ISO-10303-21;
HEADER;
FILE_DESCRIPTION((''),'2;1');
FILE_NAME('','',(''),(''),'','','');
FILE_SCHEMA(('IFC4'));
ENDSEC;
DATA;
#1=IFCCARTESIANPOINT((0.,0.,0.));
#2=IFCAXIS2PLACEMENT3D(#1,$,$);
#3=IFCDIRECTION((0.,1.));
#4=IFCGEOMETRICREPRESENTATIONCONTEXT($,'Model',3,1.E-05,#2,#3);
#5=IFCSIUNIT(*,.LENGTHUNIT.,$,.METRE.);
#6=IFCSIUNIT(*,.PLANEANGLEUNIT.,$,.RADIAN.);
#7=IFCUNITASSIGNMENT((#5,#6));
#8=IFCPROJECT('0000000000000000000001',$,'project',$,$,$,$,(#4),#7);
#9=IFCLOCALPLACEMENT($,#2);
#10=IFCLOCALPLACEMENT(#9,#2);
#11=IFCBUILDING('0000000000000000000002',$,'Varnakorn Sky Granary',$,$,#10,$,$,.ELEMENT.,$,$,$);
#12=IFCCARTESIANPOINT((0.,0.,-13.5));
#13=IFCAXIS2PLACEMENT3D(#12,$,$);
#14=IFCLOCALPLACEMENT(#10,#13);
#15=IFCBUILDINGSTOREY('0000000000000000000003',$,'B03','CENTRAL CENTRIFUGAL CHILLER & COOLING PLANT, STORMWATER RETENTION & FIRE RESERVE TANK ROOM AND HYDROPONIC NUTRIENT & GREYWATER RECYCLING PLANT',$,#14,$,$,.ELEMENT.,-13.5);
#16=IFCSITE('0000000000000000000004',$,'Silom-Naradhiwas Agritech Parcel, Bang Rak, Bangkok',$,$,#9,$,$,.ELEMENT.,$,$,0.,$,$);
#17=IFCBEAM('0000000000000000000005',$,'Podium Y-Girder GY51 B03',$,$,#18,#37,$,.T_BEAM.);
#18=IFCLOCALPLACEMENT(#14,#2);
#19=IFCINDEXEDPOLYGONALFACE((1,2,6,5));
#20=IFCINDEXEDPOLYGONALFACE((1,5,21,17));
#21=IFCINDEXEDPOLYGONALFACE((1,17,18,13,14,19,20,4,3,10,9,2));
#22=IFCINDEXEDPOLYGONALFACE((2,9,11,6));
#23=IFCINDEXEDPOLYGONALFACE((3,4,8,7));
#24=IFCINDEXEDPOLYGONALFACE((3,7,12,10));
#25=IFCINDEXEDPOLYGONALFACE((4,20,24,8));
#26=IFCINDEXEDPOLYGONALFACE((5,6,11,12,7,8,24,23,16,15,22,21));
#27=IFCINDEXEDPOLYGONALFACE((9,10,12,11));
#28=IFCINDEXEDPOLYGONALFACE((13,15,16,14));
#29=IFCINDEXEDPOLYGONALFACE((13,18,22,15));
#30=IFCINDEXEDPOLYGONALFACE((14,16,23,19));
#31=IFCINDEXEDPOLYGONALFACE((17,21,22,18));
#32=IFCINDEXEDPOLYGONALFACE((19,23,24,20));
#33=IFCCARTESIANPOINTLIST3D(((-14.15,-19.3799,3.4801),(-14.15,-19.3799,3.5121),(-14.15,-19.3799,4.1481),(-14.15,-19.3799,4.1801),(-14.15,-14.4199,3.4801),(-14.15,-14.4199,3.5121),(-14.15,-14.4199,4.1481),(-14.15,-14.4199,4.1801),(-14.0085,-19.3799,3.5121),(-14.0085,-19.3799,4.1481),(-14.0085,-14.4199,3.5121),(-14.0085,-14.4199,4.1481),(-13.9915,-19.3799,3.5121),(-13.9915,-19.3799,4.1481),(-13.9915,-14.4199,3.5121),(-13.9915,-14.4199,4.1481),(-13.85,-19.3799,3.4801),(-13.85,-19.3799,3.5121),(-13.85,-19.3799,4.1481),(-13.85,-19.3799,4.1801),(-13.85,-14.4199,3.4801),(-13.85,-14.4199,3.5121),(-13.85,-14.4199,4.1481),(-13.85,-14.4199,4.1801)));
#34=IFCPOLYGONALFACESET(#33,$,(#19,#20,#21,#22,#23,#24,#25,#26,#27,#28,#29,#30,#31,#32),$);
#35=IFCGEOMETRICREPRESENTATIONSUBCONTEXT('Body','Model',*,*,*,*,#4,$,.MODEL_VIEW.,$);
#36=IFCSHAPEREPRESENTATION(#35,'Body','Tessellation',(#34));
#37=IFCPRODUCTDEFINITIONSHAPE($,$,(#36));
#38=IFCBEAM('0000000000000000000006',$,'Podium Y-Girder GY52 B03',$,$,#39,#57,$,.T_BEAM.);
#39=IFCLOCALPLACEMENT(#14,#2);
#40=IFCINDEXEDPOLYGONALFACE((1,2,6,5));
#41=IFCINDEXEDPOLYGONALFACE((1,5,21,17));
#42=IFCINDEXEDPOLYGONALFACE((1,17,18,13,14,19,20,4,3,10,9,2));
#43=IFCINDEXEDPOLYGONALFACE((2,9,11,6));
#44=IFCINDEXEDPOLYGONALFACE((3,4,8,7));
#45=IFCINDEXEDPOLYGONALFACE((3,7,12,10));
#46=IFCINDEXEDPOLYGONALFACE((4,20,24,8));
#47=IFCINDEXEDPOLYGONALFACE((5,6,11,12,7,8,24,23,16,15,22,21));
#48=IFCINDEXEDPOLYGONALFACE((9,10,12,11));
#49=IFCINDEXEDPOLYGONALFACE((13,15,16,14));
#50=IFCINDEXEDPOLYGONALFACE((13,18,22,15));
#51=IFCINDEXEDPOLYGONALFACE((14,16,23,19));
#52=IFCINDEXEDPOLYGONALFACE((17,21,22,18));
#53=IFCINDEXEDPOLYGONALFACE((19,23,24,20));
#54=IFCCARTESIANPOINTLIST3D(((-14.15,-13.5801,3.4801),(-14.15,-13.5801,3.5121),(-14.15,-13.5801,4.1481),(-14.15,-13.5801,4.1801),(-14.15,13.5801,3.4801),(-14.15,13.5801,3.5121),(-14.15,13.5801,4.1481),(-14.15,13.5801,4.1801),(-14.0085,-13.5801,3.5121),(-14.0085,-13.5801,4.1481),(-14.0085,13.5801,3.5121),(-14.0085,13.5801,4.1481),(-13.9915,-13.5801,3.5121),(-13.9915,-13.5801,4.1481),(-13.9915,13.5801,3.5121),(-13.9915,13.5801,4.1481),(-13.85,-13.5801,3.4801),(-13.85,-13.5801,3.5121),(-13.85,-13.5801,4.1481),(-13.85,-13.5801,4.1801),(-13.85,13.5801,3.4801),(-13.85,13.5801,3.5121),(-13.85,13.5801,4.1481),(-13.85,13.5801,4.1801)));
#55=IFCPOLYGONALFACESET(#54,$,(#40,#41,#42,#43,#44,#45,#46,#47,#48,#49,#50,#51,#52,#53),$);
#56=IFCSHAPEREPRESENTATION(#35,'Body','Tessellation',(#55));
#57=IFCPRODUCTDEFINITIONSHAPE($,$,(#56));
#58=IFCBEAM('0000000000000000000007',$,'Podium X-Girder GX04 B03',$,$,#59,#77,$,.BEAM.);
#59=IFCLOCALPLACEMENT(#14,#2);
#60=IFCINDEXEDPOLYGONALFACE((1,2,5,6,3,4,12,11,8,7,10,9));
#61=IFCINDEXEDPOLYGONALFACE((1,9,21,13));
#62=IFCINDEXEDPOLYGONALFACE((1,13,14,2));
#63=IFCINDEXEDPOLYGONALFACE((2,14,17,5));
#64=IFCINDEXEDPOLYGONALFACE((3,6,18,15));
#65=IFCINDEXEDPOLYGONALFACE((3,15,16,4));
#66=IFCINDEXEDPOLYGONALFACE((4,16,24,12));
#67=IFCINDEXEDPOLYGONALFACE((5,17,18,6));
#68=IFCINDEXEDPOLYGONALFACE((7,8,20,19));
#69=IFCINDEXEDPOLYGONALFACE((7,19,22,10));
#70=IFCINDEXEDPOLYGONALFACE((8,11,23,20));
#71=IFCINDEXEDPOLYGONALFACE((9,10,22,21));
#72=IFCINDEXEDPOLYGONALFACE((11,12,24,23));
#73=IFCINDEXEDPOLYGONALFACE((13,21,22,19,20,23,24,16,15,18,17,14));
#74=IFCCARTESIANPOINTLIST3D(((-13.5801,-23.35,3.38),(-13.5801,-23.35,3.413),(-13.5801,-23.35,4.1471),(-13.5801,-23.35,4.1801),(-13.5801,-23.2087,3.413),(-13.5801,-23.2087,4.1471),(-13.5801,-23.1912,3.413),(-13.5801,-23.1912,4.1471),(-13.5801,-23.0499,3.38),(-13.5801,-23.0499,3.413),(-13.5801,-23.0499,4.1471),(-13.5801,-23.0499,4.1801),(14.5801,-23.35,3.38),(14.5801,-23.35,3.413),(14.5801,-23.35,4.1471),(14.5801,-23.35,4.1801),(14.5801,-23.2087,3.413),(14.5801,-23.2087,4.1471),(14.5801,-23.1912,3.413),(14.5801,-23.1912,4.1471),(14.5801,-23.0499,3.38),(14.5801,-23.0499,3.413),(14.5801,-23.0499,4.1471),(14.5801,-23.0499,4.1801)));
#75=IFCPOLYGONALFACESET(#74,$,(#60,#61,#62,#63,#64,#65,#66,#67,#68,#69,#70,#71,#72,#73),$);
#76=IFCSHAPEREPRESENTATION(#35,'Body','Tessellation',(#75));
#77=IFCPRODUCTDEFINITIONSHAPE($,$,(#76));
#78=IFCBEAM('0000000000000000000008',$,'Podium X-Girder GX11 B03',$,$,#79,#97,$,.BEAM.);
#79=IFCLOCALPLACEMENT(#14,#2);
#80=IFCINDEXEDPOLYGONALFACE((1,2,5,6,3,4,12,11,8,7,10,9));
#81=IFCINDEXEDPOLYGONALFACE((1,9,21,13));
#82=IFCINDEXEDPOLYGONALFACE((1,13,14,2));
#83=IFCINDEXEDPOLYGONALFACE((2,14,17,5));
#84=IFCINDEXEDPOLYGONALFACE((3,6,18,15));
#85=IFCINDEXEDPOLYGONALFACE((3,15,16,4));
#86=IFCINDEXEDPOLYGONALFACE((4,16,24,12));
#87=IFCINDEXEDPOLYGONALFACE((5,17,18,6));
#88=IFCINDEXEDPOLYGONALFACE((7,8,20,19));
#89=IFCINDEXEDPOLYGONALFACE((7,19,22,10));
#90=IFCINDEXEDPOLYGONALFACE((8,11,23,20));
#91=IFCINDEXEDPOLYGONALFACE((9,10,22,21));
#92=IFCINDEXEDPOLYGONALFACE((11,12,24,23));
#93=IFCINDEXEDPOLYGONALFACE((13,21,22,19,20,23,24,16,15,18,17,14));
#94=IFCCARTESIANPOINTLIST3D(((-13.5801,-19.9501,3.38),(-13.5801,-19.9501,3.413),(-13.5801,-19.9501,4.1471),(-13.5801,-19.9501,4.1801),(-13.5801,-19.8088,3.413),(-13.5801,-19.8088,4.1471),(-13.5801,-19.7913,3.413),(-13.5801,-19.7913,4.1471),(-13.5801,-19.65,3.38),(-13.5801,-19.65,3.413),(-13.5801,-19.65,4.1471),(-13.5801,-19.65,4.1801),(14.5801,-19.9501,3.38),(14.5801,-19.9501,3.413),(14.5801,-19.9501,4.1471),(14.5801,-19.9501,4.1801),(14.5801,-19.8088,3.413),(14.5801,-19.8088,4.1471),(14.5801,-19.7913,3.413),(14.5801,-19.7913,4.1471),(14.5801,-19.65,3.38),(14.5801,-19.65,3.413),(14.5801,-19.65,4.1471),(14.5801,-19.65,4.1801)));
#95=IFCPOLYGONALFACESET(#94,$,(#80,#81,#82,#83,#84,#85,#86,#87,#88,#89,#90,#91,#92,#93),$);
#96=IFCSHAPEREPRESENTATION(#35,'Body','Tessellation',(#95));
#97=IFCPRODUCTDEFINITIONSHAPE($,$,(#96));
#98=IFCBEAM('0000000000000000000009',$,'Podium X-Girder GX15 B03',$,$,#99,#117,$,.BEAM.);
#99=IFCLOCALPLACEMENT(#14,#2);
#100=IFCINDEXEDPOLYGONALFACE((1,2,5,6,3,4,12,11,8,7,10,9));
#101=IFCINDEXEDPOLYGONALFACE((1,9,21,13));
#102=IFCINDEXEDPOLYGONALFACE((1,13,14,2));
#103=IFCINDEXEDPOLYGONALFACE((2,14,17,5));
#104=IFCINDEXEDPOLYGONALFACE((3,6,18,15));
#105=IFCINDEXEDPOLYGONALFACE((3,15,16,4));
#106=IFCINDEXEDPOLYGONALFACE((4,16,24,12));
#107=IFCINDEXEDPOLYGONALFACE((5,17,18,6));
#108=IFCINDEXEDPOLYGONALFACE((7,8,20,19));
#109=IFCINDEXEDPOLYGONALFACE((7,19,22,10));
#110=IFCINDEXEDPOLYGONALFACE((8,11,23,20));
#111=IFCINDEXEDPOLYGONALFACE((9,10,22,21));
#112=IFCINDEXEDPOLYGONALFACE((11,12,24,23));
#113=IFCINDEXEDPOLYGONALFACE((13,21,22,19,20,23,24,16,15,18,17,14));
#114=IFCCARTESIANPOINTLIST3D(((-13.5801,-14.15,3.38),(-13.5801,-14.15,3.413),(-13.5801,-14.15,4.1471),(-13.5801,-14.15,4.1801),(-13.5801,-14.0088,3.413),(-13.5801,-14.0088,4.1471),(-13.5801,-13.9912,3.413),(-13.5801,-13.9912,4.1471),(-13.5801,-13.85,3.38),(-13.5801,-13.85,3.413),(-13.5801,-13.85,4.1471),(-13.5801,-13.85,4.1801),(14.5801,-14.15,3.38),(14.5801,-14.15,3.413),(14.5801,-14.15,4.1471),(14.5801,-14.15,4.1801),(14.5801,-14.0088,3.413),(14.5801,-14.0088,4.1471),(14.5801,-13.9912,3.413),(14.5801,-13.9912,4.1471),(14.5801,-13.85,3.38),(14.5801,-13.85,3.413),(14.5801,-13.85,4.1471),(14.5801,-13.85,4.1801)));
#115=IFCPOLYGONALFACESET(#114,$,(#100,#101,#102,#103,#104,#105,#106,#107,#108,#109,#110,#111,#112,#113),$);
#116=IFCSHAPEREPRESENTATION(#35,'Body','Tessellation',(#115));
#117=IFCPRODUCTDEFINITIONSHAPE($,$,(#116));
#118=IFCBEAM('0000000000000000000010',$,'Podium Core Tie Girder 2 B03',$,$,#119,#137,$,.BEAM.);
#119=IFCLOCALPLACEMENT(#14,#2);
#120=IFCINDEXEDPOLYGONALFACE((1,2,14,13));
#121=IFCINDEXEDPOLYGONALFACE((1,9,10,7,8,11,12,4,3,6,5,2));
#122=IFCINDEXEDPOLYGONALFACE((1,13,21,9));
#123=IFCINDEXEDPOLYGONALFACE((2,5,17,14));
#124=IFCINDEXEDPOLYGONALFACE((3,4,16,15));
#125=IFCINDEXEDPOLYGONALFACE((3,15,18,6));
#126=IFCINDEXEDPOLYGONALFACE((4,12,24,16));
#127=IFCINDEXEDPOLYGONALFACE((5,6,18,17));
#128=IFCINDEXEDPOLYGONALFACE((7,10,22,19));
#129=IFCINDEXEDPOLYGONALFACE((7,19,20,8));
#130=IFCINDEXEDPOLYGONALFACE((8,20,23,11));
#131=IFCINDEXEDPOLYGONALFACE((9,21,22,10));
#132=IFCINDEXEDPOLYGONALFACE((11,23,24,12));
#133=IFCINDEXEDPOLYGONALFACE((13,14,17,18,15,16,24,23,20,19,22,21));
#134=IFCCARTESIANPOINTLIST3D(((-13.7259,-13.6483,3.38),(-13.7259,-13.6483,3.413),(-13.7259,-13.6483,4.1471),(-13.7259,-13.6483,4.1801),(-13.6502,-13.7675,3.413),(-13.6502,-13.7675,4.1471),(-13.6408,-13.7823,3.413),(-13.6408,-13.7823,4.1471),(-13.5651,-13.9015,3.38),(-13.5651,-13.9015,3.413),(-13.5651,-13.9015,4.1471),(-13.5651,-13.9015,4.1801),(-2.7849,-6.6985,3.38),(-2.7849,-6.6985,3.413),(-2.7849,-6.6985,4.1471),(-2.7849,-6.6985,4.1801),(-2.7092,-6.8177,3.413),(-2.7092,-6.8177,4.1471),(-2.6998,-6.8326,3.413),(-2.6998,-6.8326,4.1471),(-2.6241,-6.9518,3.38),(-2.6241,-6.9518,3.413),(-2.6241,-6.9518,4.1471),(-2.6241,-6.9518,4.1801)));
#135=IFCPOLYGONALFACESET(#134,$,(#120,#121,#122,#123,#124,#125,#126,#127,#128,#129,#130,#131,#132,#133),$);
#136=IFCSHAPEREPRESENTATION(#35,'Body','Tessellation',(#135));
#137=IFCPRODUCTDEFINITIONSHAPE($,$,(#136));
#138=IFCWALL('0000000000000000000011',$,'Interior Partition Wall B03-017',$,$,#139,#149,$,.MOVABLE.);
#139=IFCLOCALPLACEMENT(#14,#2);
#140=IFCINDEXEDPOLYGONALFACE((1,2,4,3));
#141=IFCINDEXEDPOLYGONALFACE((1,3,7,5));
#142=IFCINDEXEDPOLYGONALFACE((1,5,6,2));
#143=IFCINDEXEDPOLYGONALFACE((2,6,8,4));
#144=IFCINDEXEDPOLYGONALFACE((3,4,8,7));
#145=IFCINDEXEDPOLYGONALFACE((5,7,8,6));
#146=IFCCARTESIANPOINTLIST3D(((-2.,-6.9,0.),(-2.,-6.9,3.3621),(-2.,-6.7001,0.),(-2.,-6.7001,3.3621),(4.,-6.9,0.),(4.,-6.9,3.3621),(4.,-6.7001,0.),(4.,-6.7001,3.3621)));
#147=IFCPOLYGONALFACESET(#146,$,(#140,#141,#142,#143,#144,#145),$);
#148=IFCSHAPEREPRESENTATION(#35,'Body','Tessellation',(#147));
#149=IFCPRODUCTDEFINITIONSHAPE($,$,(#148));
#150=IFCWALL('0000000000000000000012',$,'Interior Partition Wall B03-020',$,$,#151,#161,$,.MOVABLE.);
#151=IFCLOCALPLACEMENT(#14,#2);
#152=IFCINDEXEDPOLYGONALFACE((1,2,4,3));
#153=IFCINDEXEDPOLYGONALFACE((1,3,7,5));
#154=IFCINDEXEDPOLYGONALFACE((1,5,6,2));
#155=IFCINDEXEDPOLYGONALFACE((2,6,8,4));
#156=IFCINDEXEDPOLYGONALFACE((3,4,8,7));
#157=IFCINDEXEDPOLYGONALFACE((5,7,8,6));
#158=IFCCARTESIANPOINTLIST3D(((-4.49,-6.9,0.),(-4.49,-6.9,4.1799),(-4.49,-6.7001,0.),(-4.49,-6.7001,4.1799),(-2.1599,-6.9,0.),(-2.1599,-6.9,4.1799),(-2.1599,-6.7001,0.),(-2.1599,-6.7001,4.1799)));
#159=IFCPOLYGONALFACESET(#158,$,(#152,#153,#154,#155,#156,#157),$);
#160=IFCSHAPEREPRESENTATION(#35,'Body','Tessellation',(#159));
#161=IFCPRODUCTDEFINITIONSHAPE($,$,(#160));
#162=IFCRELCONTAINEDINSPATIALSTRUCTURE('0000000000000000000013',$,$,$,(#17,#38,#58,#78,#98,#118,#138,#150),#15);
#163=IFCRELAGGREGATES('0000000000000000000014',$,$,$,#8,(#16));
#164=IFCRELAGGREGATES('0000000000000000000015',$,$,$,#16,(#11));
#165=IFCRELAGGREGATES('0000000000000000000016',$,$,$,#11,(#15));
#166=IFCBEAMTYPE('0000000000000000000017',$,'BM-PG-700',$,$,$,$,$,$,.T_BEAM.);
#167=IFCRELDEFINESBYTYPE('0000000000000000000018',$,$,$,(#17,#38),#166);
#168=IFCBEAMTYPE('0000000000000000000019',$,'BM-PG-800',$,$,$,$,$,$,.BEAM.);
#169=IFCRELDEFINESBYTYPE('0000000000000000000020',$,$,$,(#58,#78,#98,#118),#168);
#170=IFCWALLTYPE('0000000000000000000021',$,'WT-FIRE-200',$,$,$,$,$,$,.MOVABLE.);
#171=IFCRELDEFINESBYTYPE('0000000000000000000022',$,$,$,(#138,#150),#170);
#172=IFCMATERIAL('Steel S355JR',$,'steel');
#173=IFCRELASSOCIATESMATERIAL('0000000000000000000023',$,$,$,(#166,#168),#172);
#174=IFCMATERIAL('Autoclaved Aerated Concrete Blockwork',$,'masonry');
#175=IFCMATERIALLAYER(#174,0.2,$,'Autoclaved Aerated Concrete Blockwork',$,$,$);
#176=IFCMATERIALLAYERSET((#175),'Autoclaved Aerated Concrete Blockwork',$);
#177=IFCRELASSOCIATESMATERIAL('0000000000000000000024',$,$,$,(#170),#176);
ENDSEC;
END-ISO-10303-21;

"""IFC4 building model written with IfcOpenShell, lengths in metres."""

from ifc_helpers import new_model, si_unit, direction, frame, frame_2d, origin, origin_2d, place, context, subcontext, project, spatial, rectangle, i_section, extrude, material, layer, layer_set, material_profile, profile_set, type_object, element, save


model = new_model("IFC4")

# Units and contexts
model_context = context("Model", 3, precision=1e-05, world=origin(), true_north=direction((0.0, 1.0)))
body_context = subcontext(model_context, "Body", "Model", "MODEL_VIEW")
ifc_project = project(units=[si_unit("LENGTHUNIT", "METRE"), si_unit("PLANEANGLEUNIT", "RADIAN")], contexts=[model_context])

# Site, building, storey
site_placement = place(None, origin())
site = spatial("IfcSite", under=ifc_project, at=site_placement, Name="Silom-Naradhiwas Agritech Parcel, Bang Rak, Bangkok", CompositionType="ELEMENT", RefElevation=0.0)
building_placement = place(site_placement, origin())
building = spatial("IfcBuilding", under=site, at=building_placement, Name="Varnakorn Sky Granary", CompositionType="ELEMENT")
storey_placement = place(building_placement, frame((0.0, 0.0, -13.5)))
storey = spatial("IfcBuildingStorey", under=building, at=storey_placement, Name="B03", Description="CENTRAL CENTRIFUGAL CHILLER & COOLING PLANT, STORMWATER RETENTION & FIRE RESERVE TANK ROOM AND HYDROPONIC NUTRIENT & GREYWATER RECYCLING PLANT", CompositionType="ELEMENT", Elevation=-13.5)

# Beams
ifc_material_1 = material(Name="Steel S355JR", Category="steel")
ifc_material_profile_1 = material_profile(ifc_material_1, i_section(OverallWidth=0.3, OverallDepth=0.7, WebThickness=0.0171, FlangeThickness=0.032, at=origin_2d()), Name="HE 700 B")
ifc_profile_set_1 = profile_set([ifc_material_profile_1], Name="Steel S355JR")
beam_type_1 = type_object("IfcBeamType", Name="BM-PG-700", PredefinedType="T_BEAM", material=ifc_profile_set_1)
beam_1_placement = place(storey_placement, frame((-14.0, -19.3799, 3.8301), z_axis=(0.0, 1.0, 0.0), x_axis=(-1.0, 0.0, 0.0)))
element("IfcBeam", 1, at=beam_1_placement, inside=storey, type_object=beam_type_1, Name="Podium Y-Girder GY51 B03", PredefinedType="T_BEAM", context=body_context, shape_type="SweptSolid", body=[
    extrude(i_section(OverallWidth=0.3, OverallDepth=0.7, WebThickness=0.0171, FlangeThickness=0.032, at=origin_2d()), origin(), (0.0, 0.0, 1.0), 4.96),
])
beam_2_placement = place(storey_placement, frame((-14.0, -13.5801, 3.8301), z_axis=(0.0, 1.0, 0.0), x_axis=(-1.0, 0.0, 0.0)))
element("IfcBeam", 2, at=beam_2_placement, inside=storey, type_object=beam_type_1, Name="Podium Y-Girder GY52 B03", PredefinedType="T_BEAM", context=body_context, shape_type="SweptSolid", body=[
    extrude(i_section(OverallWidth=0.3, OverallDepth=0.7, WebThickness=0.0171, FlangeThickness=0.032, at=origin_2d()), origin(), (0.0, 0.0, 1.0), 27.1602),
])
ifc_material_profile_2 = material_profile(ifc_material_1, i_section(OverallWidth=0.3, OverallDepth=0.8, WebThickness=0.0176, FlangeThickness=0.033, at=origin_2d()), Name="HE 800 B")
ifc_profile_set_2 = profile_set([ifc_material_profile_2], Name="Steel S355JR")
beam_type_2 = type_object("IfcBeamType", Name="BM-PG-800", PredefinedType="BEAM", material=ifc_profile_set_2)
for number, where, z_axis, x_axis, name in (
    (3, (-13.5801, -23.2, 3.78), (1.0, 0.0, 0.0), (0.0, 1.0, 0.0), "Podium X-Girder GX04 B03"),
    (4, (-13.5801, -19.8, 3.78), (1.0, 0.0, 0.0), (0.0, 1.0, 0.0), "Podium X-Girder GX11 B03"),
    (5, (-13.5801, -14.0, 3.78), (1.0, 0.0, 0.0), (0.0, 1.0, 0.0), "Podium X-Girder GX15 B03"),
):
    element("IfcBeam", number, at=place(storey_placement, frame(where, z_axis=z_axis, x_axis=x_axis)), inside=storey, type_object=beam_type_2, Name=name, PredefinedType="BEAM", context=body_context, shape_type="SweptSolid", body=[
        extrude(i_section(OverallWidth=0.3, OverallDepth=0.8, WebThickness=0.0176, FlangeThickness=0.033, at=origin_2d()), origin(), (0.0, 0.0, 1.0), 28.1602),
    ])
beam_3_placement = place(storey_placement, frame((-13.6455, -13.7749, 3.78), z_axis=(0.844105, 0.536178, 0.0), x_axis=(-0.536178, 0.844105, 0.0)))
element("IfcBeam", 6, at=beam_3_placement, inside=storey, type_object=beam_type_2, Name="Podium Core Tie Girder 2 B03", PredefinedType="BEAM", context=body_context, shape_type="SweptSolid", body=[
    extrude(i_section(OverallWidth=0.3, OverallDepth=0.8, WebThickness=0.0176, FlangeThickness=0.033, at=origin_2d()), origin(), (0.0, 0.0, 1.0), 12.9617),
])

# Walls
ifc_material_2 = material(Name="Autoclaved Aerated Concrete Blockwork", Category="masonry")
ifc_layer = layer(ifc_material_2, 0.2, Name="Autoclaved Aerated Concrete Blockwork")
ifc_layer_set = layer_set([ifc_layer], Name="Autoclaved Aerated Concrete Blockwork")
wall_type = type_object("IfcWallType", Name="WT-FIRE-200", PredefinedType="MOVABLE", material=ifc_layer_set)
wall_1_placement = place(storey_placement, frame((-2.0, -6.8, 0.0), z_axis=(0.0, 0.0, 1.0), x_axis=(1.0, 0.0, 0.0)))
element("IfcWall", 7, at=wall_1_placement, inside=storey, type_object=wall_type, Name="Interior Partition Wall B03-017", PredefinedType="MOVABLE", context=body_context, shape_type="SweptSolid", body=[
    extrude(rectangle(XDim=6.0, YDim=0.2, at=frame_2d((3.0, 0.0))), origin(), (0.0, 0.0, 1.0), 3.3621),
])
wall_2_placement = place(storey_placement, frame((-4.49, -6.8, 0.0), z_axis=(0.0, 0.0, 1.0), x_axis=(1.0, 0.0, 0.0)))
element("IfcWall", 8, at=wall_2_placement, inside=storey, type_object=wall_type, Name="Interior Partition Wall B03-020", PredefinedType="MOVABLE", context=body_context, shape_type="SweptSolid", body=[
    extrude(rectangle(XDim=2.3301, YDim=0.2, at=frame_2d((1.165, 0.0))), origin(), (0.0, 0.0, 1.0), 4.1799),
])

save(model, "model.ifc")
